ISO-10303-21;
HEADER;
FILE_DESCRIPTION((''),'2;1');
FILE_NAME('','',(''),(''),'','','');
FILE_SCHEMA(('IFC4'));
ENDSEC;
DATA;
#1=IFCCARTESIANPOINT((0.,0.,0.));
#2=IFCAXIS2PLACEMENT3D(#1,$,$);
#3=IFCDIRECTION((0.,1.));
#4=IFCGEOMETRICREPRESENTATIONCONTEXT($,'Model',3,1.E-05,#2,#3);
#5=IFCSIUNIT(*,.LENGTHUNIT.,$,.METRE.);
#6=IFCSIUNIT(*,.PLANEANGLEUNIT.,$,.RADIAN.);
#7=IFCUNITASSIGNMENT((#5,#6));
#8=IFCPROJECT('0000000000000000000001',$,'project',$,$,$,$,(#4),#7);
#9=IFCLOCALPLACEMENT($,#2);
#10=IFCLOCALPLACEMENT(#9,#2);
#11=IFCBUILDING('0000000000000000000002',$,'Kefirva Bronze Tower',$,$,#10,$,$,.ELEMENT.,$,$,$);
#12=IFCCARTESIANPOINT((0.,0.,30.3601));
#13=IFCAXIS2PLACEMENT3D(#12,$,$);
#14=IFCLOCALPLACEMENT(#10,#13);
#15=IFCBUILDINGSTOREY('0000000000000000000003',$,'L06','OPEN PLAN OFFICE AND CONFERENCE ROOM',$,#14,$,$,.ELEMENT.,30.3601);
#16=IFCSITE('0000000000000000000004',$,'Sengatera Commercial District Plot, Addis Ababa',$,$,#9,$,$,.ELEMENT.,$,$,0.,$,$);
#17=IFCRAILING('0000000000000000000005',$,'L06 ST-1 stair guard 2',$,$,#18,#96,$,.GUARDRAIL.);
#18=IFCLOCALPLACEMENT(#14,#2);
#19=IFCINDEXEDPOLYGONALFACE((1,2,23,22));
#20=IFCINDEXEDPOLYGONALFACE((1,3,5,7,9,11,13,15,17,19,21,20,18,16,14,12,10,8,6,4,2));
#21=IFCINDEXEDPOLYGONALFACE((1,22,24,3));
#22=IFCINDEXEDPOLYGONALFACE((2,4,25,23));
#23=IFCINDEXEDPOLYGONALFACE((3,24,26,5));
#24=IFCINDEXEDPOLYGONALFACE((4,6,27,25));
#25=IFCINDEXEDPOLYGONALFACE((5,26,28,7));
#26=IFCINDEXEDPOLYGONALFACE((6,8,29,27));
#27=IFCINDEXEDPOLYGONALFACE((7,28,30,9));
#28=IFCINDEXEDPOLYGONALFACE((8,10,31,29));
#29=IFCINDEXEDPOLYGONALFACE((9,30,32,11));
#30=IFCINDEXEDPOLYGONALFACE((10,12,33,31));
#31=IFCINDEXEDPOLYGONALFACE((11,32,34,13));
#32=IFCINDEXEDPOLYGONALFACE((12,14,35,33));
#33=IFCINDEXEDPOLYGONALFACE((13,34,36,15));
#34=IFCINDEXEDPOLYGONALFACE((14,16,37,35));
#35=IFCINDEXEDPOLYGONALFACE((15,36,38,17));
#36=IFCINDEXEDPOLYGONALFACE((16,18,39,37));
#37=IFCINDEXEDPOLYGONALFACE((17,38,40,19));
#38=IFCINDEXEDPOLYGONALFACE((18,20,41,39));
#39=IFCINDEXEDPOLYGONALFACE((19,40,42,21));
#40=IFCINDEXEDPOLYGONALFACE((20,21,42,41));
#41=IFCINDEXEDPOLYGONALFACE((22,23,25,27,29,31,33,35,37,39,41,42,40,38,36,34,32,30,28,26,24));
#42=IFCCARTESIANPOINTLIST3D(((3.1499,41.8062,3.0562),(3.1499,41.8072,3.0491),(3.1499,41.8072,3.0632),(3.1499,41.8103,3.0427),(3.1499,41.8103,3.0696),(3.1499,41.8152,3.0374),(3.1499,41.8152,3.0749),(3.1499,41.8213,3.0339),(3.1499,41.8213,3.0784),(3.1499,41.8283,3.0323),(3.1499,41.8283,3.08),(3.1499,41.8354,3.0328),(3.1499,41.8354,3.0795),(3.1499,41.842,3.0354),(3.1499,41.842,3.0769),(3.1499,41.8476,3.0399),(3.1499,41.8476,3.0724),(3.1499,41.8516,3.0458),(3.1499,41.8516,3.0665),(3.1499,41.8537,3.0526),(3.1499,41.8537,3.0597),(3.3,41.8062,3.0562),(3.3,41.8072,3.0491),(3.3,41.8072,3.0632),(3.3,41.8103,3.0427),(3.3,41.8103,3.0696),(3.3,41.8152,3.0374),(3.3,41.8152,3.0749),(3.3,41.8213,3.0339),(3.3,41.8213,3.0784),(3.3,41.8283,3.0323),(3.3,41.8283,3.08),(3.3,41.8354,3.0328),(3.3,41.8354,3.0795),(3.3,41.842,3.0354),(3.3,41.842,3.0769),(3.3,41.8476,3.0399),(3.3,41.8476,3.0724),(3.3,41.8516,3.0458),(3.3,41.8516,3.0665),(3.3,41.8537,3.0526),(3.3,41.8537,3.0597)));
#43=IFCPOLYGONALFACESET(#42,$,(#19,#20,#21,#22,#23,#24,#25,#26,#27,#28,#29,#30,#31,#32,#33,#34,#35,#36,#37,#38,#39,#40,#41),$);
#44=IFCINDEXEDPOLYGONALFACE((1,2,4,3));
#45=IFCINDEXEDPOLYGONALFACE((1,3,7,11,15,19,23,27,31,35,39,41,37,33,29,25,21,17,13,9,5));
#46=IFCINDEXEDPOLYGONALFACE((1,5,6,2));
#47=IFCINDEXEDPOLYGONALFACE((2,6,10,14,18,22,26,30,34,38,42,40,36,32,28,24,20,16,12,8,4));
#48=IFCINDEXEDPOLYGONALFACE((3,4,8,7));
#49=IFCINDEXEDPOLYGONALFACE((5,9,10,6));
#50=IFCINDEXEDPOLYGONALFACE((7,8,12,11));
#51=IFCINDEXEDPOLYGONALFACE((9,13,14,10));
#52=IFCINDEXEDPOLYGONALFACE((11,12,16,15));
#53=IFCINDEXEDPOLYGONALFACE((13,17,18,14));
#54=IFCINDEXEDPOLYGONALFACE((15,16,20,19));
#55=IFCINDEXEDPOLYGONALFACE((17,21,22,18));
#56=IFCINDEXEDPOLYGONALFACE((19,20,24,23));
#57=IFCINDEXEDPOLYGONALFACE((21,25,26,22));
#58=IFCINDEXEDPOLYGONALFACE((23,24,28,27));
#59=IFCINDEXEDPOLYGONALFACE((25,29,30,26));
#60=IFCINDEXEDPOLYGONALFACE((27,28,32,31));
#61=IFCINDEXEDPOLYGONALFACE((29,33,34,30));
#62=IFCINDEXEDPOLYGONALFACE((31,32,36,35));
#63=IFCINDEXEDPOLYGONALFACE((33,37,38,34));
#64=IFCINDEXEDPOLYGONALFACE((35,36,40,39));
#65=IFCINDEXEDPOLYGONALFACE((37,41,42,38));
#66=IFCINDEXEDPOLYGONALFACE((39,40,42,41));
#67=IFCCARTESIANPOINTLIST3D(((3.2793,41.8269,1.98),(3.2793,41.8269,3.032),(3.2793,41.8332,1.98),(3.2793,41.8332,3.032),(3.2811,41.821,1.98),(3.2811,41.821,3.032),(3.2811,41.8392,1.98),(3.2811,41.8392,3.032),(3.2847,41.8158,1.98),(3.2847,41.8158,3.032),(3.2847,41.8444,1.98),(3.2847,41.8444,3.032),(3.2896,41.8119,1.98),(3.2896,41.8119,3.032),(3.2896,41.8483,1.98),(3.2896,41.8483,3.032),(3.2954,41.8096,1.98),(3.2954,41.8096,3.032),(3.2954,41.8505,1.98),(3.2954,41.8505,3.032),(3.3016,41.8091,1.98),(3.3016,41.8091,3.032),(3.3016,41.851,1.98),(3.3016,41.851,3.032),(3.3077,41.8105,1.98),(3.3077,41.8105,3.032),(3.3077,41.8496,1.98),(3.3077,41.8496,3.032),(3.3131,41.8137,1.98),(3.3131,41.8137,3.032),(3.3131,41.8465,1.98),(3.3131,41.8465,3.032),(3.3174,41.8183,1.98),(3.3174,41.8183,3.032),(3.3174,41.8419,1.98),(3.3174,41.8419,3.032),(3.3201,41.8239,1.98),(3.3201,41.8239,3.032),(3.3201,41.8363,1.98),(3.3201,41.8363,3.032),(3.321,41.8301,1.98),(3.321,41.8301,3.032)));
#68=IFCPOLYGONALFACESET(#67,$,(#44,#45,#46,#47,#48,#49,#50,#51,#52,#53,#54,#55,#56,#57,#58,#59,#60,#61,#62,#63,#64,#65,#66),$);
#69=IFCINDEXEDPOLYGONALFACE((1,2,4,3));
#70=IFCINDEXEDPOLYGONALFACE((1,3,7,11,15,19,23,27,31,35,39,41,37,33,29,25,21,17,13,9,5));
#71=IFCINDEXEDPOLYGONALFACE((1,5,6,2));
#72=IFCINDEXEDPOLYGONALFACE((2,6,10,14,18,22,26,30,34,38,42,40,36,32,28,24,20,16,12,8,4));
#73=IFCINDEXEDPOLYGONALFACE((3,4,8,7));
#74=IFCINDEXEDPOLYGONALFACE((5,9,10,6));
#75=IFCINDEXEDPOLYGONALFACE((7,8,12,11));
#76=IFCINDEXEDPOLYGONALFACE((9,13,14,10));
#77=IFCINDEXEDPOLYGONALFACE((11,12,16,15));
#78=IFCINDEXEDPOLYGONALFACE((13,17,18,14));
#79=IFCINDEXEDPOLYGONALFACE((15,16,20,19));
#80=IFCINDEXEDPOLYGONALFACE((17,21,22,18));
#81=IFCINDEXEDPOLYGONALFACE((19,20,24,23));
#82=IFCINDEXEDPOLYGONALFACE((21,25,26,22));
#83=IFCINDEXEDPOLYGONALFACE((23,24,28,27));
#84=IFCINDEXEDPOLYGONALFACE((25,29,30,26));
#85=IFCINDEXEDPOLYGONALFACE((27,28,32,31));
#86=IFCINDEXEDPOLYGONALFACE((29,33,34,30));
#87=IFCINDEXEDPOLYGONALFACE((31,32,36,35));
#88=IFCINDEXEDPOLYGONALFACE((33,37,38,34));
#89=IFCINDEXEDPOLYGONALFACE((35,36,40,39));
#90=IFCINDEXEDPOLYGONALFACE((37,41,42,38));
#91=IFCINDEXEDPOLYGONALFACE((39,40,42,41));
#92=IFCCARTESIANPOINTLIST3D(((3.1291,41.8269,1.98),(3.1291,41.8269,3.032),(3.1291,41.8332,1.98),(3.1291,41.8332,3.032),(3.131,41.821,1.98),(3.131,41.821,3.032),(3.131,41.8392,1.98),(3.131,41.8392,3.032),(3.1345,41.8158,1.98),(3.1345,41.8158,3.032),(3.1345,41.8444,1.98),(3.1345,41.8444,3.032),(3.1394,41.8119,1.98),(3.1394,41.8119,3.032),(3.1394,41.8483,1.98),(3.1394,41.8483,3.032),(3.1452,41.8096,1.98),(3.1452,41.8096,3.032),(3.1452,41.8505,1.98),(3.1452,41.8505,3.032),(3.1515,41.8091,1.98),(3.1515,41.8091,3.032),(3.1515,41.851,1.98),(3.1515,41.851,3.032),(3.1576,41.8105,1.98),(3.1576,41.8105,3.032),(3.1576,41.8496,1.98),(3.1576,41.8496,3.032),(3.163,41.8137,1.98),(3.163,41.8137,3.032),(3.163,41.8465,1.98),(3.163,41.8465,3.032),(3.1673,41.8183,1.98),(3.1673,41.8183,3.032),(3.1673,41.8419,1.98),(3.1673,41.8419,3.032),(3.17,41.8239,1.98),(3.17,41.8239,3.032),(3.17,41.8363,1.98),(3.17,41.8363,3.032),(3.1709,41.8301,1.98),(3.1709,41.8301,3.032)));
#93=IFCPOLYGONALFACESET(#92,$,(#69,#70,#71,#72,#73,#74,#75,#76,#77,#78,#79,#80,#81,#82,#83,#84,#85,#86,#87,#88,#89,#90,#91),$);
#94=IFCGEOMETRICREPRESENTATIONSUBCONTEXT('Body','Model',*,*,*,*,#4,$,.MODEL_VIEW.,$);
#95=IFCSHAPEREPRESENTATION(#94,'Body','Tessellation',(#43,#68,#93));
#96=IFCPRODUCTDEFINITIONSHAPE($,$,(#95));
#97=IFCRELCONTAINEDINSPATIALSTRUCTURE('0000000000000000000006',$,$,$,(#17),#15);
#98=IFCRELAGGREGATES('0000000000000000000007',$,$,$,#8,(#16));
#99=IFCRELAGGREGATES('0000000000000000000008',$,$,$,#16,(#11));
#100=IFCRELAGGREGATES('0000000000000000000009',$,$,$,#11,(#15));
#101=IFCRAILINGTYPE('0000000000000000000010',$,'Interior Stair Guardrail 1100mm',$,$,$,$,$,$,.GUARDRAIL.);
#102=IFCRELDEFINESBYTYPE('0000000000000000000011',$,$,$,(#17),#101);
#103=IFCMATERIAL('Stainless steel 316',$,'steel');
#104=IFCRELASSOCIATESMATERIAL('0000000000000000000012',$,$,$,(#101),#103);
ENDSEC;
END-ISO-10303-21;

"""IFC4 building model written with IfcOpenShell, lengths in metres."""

from ifc_helpers import new_model, si_unit, direction, frame, origin, origin_2d, place, context, subcontext, project, spatial, circle, extrude, material, type_object, element, save


model = new_model("IFC4")

# Units and contexts
model_context = context("Model", 3, precision=1e-05, world=origin(), true_north=direction((0.0, 1.0)))
body_context = subcontext(model_context, "Body", "Model", "MODEL_VIEW")
ifc_project = project(units=[si_unit("LENGTHUNIT", "METRE"), si_unit("PLANEANGLEUNIT", "RADIAN")], contexts=[model_context])

# Site, building, storey
site_placement = place(None, origin())
site = spatial("IfcSite", under=ifc_project, at=site_placement, Name="Sengatera Commercial District Plot, Addis Ababa", CompositionType="ELEMENT", RefElevation=0.0)
building_placement = place(site_placement, origin())
building = spatial("IfcBuilding", under=site, at=building_placement, Name="Kefirva Bronze Tower", CompositionType="ELEMENT")
storey_placement = place(building_placement, frame((0.0, 0.0, 30.3601)))
storey = spatial("IfcBuildingStorey", under=building, at=storey_placement, Name="L06", Description="OPEN PLAN OFFICE AND CONFERENCE ROOM", CompositionType="ELEMENT", Elevation=30.3601)

# Railing
ifc_material_1 = material(Name="Stainless steel 316", Category="steel")
railing_type_1 = type_object("IfcRailingType", Name="Interior Stair Guardrail 1100mm", PredefinedType="GUARDRAIL", material=ifc_material_1)
railing_1_placement = place(storey_placement, frame((3.3, 41.8301, 1.98)))
element("IfcRailing", 1, at=railing_1_placement, inside=storey, type_object=railing_type_1, Name="L06 ST-1 stair guard 2", PredefinedType="GUARDRAIL", context=body_context, shape_type="SweptSolid", body=[
    extrude(circle(Radius=0.0239, at=origin_2d()), frame((0.0, 0.0, 1.0762), z_axis=(-1.0, 0.0, 0.0), x_axis=(0.0, -1.0, 0.0)), (0.0, 0.0, 1.0), 0.1501),
    extrude(circle(Radius=0.021, at=origin_2d()), origin(), (0.0, 0.0, 1.0), 1.052),
    extrude(circle(Radius=0.021, at=origin_2d()), frame((-0.1501, 0.0, 0.0)), (0.0, 0.0, 1.0), 1.052),
])

save(model, "model.ifc")
